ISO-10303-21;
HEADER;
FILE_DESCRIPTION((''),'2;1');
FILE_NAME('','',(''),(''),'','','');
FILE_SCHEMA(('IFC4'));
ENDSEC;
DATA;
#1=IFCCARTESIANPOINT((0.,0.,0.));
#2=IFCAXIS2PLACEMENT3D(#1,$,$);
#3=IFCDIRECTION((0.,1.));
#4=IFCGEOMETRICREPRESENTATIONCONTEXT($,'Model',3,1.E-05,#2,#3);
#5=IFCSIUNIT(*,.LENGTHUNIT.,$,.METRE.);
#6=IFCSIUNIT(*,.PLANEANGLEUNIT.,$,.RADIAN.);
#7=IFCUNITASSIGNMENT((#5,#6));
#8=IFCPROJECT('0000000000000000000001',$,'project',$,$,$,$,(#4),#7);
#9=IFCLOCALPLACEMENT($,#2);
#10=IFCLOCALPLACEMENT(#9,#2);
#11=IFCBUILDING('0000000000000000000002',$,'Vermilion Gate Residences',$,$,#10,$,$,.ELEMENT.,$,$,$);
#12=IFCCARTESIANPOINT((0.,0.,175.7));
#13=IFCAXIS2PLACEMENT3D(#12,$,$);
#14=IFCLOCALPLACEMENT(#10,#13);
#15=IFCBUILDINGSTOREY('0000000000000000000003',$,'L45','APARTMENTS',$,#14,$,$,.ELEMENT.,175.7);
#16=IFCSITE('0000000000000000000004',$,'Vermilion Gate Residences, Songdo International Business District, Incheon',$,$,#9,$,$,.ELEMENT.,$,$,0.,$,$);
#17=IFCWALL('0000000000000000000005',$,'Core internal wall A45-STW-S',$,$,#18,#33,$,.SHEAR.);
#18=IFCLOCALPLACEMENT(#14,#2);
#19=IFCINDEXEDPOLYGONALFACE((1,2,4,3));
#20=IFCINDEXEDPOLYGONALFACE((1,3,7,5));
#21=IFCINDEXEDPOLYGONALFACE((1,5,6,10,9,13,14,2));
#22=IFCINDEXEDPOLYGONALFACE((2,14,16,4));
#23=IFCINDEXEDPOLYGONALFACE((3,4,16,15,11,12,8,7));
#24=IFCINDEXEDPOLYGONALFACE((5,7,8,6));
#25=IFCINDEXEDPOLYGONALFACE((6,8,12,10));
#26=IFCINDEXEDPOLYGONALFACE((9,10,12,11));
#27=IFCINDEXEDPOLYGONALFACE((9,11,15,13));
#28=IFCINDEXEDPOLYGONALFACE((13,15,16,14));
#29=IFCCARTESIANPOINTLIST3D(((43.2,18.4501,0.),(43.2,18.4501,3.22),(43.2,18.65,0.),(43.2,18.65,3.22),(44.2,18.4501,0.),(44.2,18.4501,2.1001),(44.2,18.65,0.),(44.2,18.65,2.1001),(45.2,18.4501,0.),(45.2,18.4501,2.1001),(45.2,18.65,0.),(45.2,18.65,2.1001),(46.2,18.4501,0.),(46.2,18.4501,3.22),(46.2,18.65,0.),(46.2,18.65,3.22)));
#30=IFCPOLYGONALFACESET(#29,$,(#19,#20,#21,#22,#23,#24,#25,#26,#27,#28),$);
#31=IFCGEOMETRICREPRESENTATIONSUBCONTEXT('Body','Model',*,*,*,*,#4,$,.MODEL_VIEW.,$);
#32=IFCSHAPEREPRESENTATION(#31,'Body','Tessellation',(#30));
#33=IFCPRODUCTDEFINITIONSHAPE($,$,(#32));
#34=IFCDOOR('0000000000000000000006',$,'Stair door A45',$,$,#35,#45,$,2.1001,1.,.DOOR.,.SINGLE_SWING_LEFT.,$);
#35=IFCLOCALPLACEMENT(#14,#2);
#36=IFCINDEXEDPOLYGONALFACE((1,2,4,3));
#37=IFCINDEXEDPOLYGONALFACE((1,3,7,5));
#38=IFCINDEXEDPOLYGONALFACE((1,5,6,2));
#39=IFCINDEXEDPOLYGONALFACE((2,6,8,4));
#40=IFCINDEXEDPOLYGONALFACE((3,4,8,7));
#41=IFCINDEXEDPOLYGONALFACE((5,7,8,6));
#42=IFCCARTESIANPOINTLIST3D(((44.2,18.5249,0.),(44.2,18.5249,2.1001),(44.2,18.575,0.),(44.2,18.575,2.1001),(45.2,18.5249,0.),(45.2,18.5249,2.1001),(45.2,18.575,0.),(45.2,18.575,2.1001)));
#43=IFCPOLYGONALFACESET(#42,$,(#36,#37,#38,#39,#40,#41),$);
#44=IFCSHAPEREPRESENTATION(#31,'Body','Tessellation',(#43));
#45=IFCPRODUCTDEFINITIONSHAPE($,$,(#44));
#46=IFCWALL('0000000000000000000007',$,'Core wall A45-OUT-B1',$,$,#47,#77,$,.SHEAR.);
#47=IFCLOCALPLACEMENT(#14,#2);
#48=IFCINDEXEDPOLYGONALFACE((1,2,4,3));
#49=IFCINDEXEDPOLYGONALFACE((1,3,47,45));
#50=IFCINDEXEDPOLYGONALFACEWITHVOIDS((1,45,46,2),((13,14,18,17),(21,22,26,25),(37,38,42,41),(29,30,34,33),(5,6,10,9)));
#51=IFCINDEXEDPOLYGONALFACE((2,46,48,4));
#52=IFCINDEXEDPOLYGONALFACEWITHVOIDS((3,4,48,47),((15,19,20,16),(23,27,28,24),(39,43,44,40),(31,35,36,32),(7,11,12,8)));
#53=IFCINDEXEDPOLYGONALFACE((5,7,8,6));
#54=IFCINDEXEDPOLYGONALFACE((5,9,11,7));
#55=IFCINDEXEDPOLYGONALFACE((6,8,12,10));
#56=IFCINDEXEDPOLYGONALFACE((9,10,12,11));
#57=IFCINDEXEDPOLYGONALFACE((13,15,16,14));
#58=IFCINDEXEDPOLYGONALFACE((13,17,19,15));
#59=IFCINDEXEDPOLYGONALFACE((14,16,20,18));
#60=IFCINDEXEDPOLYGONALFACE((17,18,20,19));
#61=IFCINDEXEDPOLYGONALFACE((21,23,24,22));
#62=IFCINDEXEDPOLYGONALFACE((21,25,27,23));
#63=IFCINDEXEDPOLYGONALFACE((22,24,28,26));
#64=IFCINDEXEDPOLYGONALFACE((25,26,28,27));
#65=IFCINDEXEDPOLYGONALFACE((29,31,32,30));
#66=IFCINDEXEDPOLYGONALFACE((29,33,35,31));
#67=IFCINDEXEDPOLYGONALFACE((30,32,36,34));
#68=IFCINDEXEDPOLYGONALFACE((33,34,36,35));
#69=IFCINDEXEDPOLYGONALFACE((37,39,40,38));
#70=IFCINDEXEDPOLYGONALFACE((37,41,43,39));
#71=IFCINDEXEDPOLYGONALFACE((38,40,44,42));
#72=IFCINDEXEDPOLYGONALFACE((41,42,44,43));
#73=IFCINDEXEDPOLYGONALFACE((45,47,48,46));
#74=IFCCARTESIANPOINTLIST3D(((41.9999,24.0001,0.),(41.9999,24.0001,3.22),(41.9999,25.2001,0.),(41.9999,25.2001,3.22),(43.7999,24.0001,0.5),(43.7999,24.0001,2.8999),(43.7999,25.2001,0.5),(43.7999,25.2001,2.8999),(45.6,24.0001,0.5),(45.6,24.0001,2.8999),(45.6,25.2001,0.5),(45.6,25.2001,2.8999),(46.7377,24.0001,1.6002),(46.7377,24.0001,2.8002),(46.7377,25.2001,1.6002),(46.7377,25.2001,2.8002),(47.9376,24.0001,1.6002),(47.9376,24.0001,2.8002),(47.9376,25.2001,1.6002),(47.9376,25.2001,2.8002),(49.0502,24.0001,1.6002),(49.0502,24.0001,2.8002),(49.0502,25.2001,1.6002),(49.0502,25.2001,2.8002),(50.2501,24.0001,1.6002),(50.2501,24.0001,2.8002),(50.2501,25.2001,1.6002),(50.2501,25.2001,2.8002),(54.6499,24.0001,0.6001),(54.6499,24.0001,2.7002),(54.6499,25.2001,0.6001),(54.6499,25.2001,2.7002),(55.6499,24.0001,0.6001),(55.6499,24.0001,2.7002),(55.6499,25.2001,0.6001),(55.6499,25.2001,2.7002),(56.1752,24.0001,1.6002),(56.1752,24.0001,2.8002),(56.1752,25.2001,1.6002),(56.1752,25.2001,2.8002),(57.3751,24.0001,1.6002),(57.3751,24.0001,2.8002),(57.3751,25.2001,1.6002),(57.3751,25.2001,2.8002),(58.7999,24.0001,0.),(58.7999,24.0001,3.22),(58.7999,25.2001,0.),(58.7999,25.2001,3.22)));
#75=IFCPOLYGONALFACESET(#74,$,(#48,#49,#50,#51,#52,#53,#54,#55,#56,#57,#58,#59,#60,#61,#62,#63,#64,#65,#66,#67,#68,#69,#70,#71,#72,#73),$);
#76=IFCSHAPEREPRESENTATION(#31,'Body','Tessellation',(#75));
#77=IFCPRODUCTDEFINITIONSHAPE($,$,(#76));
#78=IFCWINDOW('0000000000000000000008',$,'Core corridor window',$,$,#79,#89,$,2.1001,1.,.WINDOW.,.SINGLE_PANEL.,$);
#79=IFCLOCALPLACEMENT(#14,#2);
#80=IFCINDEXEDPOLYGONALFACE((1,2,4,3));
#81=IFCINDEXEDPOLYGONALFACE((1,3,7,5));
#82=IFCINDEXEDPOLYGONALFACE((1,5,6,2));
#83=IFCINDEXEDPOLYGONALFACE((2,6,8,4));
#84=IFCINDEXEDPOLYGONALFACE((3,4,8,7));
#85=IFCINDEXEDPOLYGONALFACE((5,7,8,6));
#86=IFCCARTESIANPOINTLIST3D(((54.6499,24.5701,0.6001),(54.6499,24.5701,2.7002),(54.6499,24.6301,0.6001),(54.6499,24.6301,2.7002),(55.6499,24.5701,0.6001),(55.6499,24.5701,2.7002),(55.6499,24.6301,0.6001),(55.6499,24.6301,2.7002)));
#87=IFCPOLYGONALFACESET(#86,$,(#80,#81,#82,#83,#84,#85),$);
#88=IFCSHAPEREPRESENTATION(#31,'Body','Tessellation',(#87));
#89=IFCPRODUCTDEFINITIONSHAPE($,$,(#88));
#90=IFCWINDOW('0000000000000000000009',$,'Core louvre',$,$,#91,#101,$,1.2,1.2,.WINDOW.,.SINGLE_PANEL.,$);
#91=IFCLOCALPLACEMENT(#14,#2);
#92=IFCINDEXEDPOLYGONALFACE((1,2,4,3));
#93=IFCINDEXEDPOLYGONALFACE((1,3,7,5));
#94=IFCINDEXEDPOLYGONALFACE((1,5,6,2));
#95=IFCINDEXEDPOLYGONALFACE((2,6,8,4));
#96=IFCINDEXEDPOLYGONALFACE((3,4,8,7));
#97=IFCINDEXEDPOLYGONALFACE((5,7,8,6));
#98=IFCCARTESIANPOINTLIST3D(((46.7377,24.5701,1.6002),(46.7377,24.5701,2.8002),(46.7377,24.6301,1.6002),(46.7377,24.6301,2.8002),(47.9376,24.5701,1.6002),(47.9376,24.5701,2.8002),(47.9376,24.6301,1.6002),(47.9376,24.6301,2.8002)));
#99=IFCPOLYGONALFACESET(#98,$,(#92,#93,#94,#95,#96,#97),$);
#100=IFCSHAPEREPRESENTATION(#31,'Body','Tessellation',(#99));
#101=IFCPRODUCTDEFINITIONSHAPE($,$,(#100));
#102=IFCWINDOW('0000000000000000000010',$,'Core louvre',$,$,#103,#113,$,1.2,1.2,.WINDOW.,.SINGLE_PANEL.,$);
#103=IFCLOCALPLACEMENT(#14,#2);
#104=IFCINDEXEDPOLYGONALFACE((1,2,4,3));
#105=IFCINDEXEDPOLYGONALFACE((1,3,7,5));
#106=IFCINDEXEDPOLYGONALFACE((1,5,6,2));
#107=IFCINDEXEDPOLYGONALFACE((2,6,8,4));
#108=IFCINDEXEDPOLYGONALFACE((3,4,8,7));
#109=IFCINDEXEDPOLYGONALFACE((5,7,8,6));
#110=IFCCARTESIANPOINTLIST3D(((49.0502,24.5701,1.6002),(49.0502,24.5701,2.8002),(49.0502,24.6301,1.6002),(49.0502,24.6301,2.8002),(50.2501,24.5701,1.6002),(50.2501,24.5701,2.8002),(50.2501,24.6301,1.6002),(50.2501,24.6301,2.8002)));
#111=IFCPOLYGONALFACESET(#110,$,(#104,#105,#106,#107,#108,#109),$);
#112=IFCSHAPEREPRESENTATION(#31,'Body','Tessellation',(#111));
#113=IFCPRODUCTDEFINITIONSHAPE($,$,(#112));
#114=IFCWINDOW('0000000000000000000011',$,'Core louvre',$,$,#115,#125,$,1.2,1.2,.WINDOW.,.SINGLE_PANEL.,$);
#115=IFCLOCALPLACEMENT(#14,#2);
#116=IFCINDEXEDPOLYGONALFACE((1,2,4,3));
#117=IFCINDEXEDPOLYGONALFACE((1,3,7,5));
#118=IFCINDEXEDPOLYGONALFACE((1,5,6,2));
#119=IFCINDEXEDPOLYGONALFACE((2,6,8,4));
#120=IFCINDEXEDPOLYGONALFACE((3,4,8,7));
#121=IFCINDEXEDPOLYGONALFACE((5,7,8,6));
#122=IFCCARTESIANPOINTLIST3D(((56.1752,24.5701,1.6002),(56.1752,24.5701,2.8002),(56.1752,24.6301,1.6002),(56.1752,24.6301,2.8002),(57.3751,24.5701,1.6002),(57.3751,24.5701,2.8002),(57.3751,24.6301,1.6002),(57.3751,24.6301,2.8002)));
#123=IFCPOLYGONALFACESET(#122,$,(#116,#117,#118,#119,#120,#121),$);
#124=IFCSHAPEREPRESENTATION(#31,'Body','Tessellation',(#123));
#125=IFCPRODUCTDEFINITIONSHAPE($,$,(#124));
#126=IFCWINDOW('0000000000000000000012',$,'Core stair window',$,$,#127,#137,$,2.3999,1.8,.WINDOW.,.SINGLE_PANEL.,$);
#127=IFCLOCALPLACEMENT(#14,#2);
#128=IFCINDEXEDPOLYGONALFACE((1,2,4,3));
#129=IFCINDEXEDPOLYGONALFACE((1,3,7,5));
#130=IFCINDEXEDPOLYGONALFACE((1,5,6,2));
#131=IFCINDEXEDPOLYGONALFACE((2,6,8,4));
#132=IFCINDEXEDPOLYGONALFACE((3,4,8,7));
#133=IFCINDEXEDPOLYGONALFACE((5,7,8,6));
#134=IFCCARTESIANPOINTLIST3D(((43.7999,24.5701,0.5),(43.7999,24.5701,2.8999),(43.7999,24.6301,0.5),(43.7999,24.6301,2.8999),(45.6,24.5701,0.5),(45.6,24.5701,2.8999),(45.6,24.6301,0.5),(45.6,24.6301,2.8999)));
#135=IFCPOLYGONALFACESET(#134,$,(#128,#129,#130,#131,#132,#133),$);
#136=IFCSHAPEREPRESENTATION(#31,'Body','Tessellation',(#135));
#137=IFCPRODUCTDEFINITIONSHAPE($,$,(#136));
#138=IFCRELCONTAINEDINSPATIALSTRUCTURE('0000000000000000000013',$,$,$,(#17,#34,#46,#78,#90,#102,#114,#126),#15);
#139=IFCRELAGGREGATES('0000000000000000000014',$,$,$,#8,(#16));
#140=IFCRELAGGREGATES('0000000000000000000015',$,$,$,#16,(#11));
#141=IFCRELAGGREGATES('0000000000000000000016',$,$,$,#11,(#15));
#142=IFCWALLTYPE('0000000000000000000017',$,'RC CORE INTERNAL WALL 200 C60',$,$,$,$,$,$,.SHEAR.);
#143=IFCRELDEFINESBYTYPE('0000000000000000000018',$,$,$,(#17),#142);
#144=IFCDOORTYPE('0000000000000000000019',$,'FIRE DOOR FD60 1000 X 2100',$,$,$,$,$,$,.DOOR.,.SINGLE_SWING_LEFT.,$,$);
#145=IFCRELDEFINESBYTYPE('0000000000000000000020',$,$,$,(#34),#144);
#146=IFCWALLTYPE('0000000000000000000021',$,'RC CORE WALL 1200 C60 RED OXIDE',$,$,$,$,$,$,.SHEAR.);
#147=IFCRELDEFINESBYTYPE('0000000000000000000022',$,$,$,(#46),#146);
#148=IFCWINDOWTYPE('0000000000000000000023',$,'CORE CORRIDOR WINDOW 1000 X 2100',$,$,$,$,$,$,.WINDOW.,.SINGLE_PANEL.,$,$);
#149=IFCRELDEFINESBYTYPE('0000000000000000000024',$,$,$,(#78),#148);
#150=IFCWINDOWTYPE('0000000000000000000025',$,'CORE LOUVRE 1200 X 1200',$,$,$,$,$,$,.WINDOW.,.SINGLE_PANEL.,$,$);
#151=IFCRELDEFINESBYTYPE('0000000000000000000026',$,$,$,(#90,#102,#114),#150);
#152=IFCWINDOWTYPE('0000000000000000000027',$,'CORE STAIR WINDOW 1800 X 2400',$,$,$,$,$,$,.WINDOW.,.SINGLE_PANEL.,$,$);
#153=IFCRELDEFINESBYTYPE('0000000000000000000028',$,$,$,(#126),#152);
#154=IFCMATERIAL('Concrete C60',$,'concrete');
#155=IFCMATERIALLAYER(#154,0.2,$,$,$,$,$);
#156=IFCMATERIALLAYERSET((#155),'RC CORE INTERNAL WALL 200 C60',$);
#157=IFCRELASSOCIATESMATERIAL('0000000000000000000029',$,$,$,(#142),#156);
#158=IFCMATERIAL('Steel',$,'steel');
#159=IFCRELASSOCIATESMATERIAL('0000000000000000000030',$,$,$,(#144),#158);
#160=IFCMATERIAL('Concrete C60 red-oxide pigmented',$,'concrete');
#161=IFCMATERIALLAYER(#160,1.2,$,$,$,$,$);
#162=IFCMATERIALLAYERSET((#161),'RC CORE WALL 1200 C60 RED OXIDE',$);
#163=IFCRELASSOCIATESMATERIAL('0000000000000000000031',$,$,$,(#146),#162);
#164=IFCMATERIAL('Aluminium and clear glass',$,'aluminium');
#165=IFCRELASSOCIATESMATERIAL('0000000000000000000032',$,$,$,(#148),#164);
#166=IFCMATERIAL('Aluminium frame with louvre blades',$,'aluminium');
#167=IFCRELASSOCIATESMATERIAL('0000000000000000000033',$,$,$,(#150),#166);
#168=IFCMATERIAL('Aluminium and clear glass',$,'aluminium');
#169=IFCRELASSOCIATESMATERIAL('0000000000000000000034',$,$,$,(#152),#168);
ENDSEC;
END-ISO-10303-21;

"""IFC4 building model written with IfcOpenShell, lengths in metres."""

from ifc_helpers import new_model, si_unit, direction, frame, frame_2d, origin, place, context, subcontext, project, spatial, rectangle, extrude, material, layer, layer_set, type_object, element, fill, save


model = new_model("IFC4")

# Units and contexts
model_context = context("Model", 3, precision=1e-05, world=origin(), true_north=direction((0.0, 1.0)))
body_context = subcontext(model_context, "Body", "Model", "MODEL_VIEW")
ifc_project = project(units=[si_unit("LENGTHUNIT", "METRE"), si_unit("PLANEANGLEUNIT", "RADIAN")], contexts=[model_context])

# Site, building, storey
site_placement = place(None, origin())
site = spatial("IfcSite", under=ifc_project, at=site_placement, Name="Vermilion Gate Residences, Songdo International Business District, Incheon", CompositionType="ELEMENT", RefElevation=0.0)
building_placement = place(site_placement, origin())
building = spatial("IfcBuilding", under=site, at=building_placement, Name="Vermilion Gate Residences", CompositionType="ELEMENT")
storey_placement = place(building_placement, frame((0.0, 0.0, 175.7)))
storey = spatial("IfcBuildingStorey", under=building, at=storey_placement, Name="L45", Description="APARTMENTS", CompositionType="ELEMENT", Elevation=175.7)

# Shared definitions
ifc_material_1 = material(Name="Concrete C60", Category="concrete")
ifc_layer_1 = layer(ifc_material_1, 0.2)
ifc_layer_set_1 = layer_set([ifc_layer_1], Name="RC CORE INTERNAL WALL 200 C60")
wall_type_1 = type_object("IfcWallType", Name="RC CORE INTERNAL WALL 200 C60", PredefinedType="SHEAR", material=ifc_layer_set_1)

# Wall, opening, door
wall_1_placement = place(storey_placement, frame((43.2, 18.55, 0.0), z_axis=(0.0, 0.0, 1.0), x_axis=(1.0, 0.0, 0.0)))
wall_1 = element("IfcWall", 1, at=wall_1_placement, inside=storey, type_object=wall_type_1, Name="Core internal wall A45-STW-S", PredefinedType="SHEAR", context=body_context, shape_type="SweptSolid", body=[
    extrude(rectangle(XDim=3.0, YDim=0.2, at=frame_2d((1.5, 0.0))), origin(), (0.0, 0.0, 1.0), 3.22),
])
opening_1_placement = place(wall_1_placement, frame((1.0, 0.0, 0.0)))
opening_1 = element("IfcOpeningElement", 2, at=opening_1_placement, cuts=wall_1, PredefinedType="OPENING", context=body_context, shape_type="SweptSolid", body=[
    extrude(rectangle(XDim=1.0, YDim=2.1001, at=frame_2d((0.5, 1.05))), frame((0.0, 0.1099, 0.0), z_axis=(0.0, -1.0, 0.0), x_axis=(1.0, 0.0, 0.0)), (0.0, 0.0, 1.0), 0.22),
])
ifc_material_2 = material(Name="Steel", Category="steel")
door_type_1 = type_object("IfcDoorType", Name="FIRE DOOR FD60 1000 X 2100", OperationType="SINGLE_SWING_LEFT", PredefinedType="DOOR", material=ifc_material_2)
door_1_placement = place(opening_1_placement, origin())
door_1 = element("IfcDoor", 3, at=door_1_placement, inside=storey, type_object=door_type_1, Name="Stair door A45", OperationType="SINGLE_SWING_LEFT", OverallHeight=2.1001, OverallWidth=1.0, PredefinedType="DOOR", context=body_context, shape_type="SweptSolid", body=[
    extrude(rectangle(XDim=1.0, YDim=2.1001, at=frame_2d((0.5, 1.05))), frame((0.0, 0.0249, 0.0), z_axis=(0.0, -1.0, 0.0), x_axis=(1.0, 0.0, 0.0)), (0.0, 0.0, 1.0), 0.05),
])
fill(opening_1, door_1)

# Wall, openings, windows
ifc_material_3 = material(Name="Concrete C60 red-oxide pigmented", Category="concrete")
ifc_layer_2 = layer(ifc_material_3, 1.2)
ifc_layer_set_2 = layer_set([ifc_layer_2], Name="RC CORE WALL 1200 C60 RED OXIDE")
wall_type_2 = type_object("IfcWallType", Name="RC CORE WALL 1200 C60 RED OXIDE", PredefinedType="SHEAR", material=ifc_layer_set_2)
wall_2_placement = place(storey_placement, frame((42.0, 24.6001, 0.0), z_axis=(0.0, 0.0, 1.0), x_axis=(1.0, 0.0, 0.0)))
wall_2 = element("IfcWall", 4, at=wall_2_placement, inside=storey, type_object=wall_type_2, Name="Core wall A45-OUT-B1", PredefinedType="SHEAR", context=body_context, shape_type="SweptSolid", body=[
    extrude(rectangle(XDim=16.8, YDim=1.2, at=frame_2d((8.3999, 0.0))), origin(), (0.0, 0.0, 1.0), 3.22),
])
opening_2_placement = place(wall_2_placement, frame((1.8, 0.0, 0.5)))
opening_2 = element("IfcOpeningElement", 5, at=opening_2_placement, cuts=wall_2, PredefinedType="OPENING", context=body_context, shape_type="SweptSolid", body=[
    extrude(rectangle(XDim=1.8, YDim=2.3999, at=frame_2d((0.8999, 1.2))), frame((0.0, 0.6099, 0.0), z_axis=(0.0, -1.0, 0.0), x_axis=(1.0, 0.0, 0.0)), (0.0, 0.0, 1.0), 1.22),
])
opening_3_placement = place(wall_2_placement, frame((4.7375, 0.0, 1.6001)))
opening_3 = element("IfcOpeningElement", 6, at=opening_3_placement, cuts=wall_2, PredefinedType="OPENING", context=body_context, shape_type="SweptSolid", body=[
    extrude(rectangle(XDim=1.2, YDim=1.2, at=frame_2d((0.6001, 0.6001))), frame((0.0, 0.6099, 0.0), z_axis=(0.0, -1.0, 0.0), x_axis=(1.0, 0.0, 0.0)), (0.0, 0.0, 1.0), 1.22),
])
opening_4_placement = place(wall_2_placement, frame((7.05, 0.0, 1.6001)))
opening_4 = element("IfcOpeningElement", 7, at=opening_4_placement, cuts=wall_2, PredefinedType="OPENING", context=body_context, shape_type="SweptSolid", body=[
    extrude(rectangle(XDim=1.2, YDim=1.2, at=frame_2d((0.6001, 0.6001))), frame((0.0, 0.6099, 0.0), z_axis=(0.0, -1.0, 0.0), x_axis=(1.0, 0.0, 0.0)), (0.0, 0.0, 1.0), 1.22),
])
opening_5_placement = place(wall_2_placement, frame((12.6499, 0.0, 0.6001)))
opening_5 = element("IfcOpeningElement", 8, at=opening_5_placement, cuts=wall_2, PredefinedType="OPENING", context=body_context, shape_type="SweptSolid", body=[
    extrude(rectangle(XDim=1.0, YDim=2.1001, at=frame_2d((0.5, 1.05))), frame((0.0, 0.6099, 0.0), z_axis=(0.0, -1.0, 0.0), x_axis=(1.0, 0.0, 0.0)), (0.0, 0.0, 1.0), 1.22),
])
opening_6_placement = place(wall_2_placement, frame((14.175, 0.0, 1.6001)))
opening_6 = element("IfcOpeningElement", 9, at=opening_6_placement, cuts=wall_2, PredefinedType="OPENING", context=body_context, shape_type="SweptSolid", body=[
    extrude(rectangle(XDim=1.2, YDim=1.2, at=frame_2d((0.6001, 0.6001))), frame((0.0, 0.6099, 0.0), z_axis=(0.0, -1.0, 0.0), x_axis=(1.0, 0.0, 0.0)), (0.0, 0.0, 1.0), 1.22),
])
ifc_material_4 = material(Name="Aluminium and clear glass", Category="aluminium")
window_type_1 = type_object("IfcWindowType", Name="CORE CORRIDOR WINDOW 1000 X 2100", PartitioningType="SINGLE_PANEL", PredefinedType="WINDOW", material=ifc_material_4)
window_1_placement = place(opening_5_placement, origin())
window_1 = element("IfcWindow", 10, at=window_1_placement, inside=storey, type_object=window_type_1, Name="Core corridor window", OverallHeight=2.1001, OverallWidth=1.0, PartitioningType="SINGLE_PANEL", PredefinedType="WINDOW", context=body_context, shape_type="SweptSolid", body=[
    extrude(rectangle(XDim=1.0, YDim=2.1001, at=frame_2d((0.5, 1.05))), frame((0.0, 0.03, 0.0), z_axis=(0.0, -1.0, 0.0), x_axis=(1.0, 0.0, 0.0)), (0.0, 0.0, 1.0), 0.0601),
])
fill(opening_5, window_1)
ifc_material_5 = material(Name="Aluminium frame with louvre blades", Category="aluminium")
window_type_2 = type_object("IfcWindowType", Name="CORE LOUVRE 1200 X 1200", PartitioningType="SINGLE_PANEL", PredefinedType="WINDOW", material=ifc_material_5)
window_2_placement = place(opening_3_placement, origin())
window_2 = element("IfcWindow", 11, at=window_2_placement, inside=storey, type_object=window_type_2, Name="Core louvre", OverallHeight=1.2, OverallWidth=1.2, PartitioningType="SINGLE_PANEL", PredefinedType="WINDOW", context=body_context, shape_type="SweptSolid", body=[
    extrude(rectangle(XDim=1.2, YDim=1.2, at=frame_2d((0.6001, 0.6001))), frame((0.0, 0.03, 0.0), z_axis=(0.0, -1.0, 0.0), x_axis=(1.0, 0.0, 0.0)), (0.0, 0.0, 1.0), 0.0601),
])
fill(opening_3, window_2)
window_3_placement = place(opening_4_placement, origin())
window_3 = element("IfcWindow", 12, at=window_3_placement, inside=storey, type_object=window_type_2, Name="Core louvre", OverallHeight=1.2, OverallWidth=1.2, PartitioningType="SINGLE_PANEL", PredefinedType="WINDOW", context=body_context, shape_type="SweptSolid", body=[
    extrude(rectangle(XDim=1.2, YDim=1.2, at=frame_2d((0.6001, 0.6001))), frame((0.0, 0.03, 0.0), z_axis=(0.0, -1.0, 0.0), x_axis=(1.0, 0.0, 0.0)), (0.0, 0.0, 1.0), 0.0601),
])
fill(opening_4, window_3)
window_4_placement = place(opening_6_placement, origin())
window_4 = element("IfcWindow", 13, at=window_4_placement, inside=storey, type_object=window_type_2, Name="Core louvre", OverallHeight=1.2, OverallWidth=1.2, PartitioningType="SINGLE_PANEL", PredefinedType="WINDOW", context=body_context, shape_type="SweptSolid", body=[
    extrude(rectangle(XDim=1.2, YDim=1.2, at=frame_2d((0.6001, 0.6001))), frame((0.0, 0.03, 0.0), z_axis=(0.0, -1.0, 0.0), x_axis=(1.0, 0.0, 0.0)), (0.0, 0.0, 1.0), 0.0601),
])
fill(opening_6, window_4)
ifc_material_6 = material(Name="Aluminium and clear glass", Category="aluminium")
window_type_3 = type_object("IfcWindowType", Name="CORE STAIR WINDOW 1800 X 2400", PartitioningType="SINGLE_PANEL", PredefinedType="WINDOW", material=ifc_material_6)
window_5_placement = place(opening_2_placement, origin())
window_5 = element("IfcWindow", 14, at=window_5_placement, inside=storey, type_object=window_type_3, Name="Core stair window", OverallHeight=2.3999, OverallWidth=1.8, PartitioningType="SINGLE_PANEL", PredefinedType="WINDOW", context=body_context, shape_type="SweptSolid", body=[
    extrude(rectangle(XDim=1.8, YDim=2.3999, at=frame_2d((0.8999, 1.2))), frame((0.0, 0.03, 0.0), z_axis=(0.0, -1.0, 0.0), x_axis=(1.0, 0.0, 0.0)), (0.0, 0.0, 1.0), 0.0601),
])
fill(opening_2, window_5)

save(model, "model.ifc")
